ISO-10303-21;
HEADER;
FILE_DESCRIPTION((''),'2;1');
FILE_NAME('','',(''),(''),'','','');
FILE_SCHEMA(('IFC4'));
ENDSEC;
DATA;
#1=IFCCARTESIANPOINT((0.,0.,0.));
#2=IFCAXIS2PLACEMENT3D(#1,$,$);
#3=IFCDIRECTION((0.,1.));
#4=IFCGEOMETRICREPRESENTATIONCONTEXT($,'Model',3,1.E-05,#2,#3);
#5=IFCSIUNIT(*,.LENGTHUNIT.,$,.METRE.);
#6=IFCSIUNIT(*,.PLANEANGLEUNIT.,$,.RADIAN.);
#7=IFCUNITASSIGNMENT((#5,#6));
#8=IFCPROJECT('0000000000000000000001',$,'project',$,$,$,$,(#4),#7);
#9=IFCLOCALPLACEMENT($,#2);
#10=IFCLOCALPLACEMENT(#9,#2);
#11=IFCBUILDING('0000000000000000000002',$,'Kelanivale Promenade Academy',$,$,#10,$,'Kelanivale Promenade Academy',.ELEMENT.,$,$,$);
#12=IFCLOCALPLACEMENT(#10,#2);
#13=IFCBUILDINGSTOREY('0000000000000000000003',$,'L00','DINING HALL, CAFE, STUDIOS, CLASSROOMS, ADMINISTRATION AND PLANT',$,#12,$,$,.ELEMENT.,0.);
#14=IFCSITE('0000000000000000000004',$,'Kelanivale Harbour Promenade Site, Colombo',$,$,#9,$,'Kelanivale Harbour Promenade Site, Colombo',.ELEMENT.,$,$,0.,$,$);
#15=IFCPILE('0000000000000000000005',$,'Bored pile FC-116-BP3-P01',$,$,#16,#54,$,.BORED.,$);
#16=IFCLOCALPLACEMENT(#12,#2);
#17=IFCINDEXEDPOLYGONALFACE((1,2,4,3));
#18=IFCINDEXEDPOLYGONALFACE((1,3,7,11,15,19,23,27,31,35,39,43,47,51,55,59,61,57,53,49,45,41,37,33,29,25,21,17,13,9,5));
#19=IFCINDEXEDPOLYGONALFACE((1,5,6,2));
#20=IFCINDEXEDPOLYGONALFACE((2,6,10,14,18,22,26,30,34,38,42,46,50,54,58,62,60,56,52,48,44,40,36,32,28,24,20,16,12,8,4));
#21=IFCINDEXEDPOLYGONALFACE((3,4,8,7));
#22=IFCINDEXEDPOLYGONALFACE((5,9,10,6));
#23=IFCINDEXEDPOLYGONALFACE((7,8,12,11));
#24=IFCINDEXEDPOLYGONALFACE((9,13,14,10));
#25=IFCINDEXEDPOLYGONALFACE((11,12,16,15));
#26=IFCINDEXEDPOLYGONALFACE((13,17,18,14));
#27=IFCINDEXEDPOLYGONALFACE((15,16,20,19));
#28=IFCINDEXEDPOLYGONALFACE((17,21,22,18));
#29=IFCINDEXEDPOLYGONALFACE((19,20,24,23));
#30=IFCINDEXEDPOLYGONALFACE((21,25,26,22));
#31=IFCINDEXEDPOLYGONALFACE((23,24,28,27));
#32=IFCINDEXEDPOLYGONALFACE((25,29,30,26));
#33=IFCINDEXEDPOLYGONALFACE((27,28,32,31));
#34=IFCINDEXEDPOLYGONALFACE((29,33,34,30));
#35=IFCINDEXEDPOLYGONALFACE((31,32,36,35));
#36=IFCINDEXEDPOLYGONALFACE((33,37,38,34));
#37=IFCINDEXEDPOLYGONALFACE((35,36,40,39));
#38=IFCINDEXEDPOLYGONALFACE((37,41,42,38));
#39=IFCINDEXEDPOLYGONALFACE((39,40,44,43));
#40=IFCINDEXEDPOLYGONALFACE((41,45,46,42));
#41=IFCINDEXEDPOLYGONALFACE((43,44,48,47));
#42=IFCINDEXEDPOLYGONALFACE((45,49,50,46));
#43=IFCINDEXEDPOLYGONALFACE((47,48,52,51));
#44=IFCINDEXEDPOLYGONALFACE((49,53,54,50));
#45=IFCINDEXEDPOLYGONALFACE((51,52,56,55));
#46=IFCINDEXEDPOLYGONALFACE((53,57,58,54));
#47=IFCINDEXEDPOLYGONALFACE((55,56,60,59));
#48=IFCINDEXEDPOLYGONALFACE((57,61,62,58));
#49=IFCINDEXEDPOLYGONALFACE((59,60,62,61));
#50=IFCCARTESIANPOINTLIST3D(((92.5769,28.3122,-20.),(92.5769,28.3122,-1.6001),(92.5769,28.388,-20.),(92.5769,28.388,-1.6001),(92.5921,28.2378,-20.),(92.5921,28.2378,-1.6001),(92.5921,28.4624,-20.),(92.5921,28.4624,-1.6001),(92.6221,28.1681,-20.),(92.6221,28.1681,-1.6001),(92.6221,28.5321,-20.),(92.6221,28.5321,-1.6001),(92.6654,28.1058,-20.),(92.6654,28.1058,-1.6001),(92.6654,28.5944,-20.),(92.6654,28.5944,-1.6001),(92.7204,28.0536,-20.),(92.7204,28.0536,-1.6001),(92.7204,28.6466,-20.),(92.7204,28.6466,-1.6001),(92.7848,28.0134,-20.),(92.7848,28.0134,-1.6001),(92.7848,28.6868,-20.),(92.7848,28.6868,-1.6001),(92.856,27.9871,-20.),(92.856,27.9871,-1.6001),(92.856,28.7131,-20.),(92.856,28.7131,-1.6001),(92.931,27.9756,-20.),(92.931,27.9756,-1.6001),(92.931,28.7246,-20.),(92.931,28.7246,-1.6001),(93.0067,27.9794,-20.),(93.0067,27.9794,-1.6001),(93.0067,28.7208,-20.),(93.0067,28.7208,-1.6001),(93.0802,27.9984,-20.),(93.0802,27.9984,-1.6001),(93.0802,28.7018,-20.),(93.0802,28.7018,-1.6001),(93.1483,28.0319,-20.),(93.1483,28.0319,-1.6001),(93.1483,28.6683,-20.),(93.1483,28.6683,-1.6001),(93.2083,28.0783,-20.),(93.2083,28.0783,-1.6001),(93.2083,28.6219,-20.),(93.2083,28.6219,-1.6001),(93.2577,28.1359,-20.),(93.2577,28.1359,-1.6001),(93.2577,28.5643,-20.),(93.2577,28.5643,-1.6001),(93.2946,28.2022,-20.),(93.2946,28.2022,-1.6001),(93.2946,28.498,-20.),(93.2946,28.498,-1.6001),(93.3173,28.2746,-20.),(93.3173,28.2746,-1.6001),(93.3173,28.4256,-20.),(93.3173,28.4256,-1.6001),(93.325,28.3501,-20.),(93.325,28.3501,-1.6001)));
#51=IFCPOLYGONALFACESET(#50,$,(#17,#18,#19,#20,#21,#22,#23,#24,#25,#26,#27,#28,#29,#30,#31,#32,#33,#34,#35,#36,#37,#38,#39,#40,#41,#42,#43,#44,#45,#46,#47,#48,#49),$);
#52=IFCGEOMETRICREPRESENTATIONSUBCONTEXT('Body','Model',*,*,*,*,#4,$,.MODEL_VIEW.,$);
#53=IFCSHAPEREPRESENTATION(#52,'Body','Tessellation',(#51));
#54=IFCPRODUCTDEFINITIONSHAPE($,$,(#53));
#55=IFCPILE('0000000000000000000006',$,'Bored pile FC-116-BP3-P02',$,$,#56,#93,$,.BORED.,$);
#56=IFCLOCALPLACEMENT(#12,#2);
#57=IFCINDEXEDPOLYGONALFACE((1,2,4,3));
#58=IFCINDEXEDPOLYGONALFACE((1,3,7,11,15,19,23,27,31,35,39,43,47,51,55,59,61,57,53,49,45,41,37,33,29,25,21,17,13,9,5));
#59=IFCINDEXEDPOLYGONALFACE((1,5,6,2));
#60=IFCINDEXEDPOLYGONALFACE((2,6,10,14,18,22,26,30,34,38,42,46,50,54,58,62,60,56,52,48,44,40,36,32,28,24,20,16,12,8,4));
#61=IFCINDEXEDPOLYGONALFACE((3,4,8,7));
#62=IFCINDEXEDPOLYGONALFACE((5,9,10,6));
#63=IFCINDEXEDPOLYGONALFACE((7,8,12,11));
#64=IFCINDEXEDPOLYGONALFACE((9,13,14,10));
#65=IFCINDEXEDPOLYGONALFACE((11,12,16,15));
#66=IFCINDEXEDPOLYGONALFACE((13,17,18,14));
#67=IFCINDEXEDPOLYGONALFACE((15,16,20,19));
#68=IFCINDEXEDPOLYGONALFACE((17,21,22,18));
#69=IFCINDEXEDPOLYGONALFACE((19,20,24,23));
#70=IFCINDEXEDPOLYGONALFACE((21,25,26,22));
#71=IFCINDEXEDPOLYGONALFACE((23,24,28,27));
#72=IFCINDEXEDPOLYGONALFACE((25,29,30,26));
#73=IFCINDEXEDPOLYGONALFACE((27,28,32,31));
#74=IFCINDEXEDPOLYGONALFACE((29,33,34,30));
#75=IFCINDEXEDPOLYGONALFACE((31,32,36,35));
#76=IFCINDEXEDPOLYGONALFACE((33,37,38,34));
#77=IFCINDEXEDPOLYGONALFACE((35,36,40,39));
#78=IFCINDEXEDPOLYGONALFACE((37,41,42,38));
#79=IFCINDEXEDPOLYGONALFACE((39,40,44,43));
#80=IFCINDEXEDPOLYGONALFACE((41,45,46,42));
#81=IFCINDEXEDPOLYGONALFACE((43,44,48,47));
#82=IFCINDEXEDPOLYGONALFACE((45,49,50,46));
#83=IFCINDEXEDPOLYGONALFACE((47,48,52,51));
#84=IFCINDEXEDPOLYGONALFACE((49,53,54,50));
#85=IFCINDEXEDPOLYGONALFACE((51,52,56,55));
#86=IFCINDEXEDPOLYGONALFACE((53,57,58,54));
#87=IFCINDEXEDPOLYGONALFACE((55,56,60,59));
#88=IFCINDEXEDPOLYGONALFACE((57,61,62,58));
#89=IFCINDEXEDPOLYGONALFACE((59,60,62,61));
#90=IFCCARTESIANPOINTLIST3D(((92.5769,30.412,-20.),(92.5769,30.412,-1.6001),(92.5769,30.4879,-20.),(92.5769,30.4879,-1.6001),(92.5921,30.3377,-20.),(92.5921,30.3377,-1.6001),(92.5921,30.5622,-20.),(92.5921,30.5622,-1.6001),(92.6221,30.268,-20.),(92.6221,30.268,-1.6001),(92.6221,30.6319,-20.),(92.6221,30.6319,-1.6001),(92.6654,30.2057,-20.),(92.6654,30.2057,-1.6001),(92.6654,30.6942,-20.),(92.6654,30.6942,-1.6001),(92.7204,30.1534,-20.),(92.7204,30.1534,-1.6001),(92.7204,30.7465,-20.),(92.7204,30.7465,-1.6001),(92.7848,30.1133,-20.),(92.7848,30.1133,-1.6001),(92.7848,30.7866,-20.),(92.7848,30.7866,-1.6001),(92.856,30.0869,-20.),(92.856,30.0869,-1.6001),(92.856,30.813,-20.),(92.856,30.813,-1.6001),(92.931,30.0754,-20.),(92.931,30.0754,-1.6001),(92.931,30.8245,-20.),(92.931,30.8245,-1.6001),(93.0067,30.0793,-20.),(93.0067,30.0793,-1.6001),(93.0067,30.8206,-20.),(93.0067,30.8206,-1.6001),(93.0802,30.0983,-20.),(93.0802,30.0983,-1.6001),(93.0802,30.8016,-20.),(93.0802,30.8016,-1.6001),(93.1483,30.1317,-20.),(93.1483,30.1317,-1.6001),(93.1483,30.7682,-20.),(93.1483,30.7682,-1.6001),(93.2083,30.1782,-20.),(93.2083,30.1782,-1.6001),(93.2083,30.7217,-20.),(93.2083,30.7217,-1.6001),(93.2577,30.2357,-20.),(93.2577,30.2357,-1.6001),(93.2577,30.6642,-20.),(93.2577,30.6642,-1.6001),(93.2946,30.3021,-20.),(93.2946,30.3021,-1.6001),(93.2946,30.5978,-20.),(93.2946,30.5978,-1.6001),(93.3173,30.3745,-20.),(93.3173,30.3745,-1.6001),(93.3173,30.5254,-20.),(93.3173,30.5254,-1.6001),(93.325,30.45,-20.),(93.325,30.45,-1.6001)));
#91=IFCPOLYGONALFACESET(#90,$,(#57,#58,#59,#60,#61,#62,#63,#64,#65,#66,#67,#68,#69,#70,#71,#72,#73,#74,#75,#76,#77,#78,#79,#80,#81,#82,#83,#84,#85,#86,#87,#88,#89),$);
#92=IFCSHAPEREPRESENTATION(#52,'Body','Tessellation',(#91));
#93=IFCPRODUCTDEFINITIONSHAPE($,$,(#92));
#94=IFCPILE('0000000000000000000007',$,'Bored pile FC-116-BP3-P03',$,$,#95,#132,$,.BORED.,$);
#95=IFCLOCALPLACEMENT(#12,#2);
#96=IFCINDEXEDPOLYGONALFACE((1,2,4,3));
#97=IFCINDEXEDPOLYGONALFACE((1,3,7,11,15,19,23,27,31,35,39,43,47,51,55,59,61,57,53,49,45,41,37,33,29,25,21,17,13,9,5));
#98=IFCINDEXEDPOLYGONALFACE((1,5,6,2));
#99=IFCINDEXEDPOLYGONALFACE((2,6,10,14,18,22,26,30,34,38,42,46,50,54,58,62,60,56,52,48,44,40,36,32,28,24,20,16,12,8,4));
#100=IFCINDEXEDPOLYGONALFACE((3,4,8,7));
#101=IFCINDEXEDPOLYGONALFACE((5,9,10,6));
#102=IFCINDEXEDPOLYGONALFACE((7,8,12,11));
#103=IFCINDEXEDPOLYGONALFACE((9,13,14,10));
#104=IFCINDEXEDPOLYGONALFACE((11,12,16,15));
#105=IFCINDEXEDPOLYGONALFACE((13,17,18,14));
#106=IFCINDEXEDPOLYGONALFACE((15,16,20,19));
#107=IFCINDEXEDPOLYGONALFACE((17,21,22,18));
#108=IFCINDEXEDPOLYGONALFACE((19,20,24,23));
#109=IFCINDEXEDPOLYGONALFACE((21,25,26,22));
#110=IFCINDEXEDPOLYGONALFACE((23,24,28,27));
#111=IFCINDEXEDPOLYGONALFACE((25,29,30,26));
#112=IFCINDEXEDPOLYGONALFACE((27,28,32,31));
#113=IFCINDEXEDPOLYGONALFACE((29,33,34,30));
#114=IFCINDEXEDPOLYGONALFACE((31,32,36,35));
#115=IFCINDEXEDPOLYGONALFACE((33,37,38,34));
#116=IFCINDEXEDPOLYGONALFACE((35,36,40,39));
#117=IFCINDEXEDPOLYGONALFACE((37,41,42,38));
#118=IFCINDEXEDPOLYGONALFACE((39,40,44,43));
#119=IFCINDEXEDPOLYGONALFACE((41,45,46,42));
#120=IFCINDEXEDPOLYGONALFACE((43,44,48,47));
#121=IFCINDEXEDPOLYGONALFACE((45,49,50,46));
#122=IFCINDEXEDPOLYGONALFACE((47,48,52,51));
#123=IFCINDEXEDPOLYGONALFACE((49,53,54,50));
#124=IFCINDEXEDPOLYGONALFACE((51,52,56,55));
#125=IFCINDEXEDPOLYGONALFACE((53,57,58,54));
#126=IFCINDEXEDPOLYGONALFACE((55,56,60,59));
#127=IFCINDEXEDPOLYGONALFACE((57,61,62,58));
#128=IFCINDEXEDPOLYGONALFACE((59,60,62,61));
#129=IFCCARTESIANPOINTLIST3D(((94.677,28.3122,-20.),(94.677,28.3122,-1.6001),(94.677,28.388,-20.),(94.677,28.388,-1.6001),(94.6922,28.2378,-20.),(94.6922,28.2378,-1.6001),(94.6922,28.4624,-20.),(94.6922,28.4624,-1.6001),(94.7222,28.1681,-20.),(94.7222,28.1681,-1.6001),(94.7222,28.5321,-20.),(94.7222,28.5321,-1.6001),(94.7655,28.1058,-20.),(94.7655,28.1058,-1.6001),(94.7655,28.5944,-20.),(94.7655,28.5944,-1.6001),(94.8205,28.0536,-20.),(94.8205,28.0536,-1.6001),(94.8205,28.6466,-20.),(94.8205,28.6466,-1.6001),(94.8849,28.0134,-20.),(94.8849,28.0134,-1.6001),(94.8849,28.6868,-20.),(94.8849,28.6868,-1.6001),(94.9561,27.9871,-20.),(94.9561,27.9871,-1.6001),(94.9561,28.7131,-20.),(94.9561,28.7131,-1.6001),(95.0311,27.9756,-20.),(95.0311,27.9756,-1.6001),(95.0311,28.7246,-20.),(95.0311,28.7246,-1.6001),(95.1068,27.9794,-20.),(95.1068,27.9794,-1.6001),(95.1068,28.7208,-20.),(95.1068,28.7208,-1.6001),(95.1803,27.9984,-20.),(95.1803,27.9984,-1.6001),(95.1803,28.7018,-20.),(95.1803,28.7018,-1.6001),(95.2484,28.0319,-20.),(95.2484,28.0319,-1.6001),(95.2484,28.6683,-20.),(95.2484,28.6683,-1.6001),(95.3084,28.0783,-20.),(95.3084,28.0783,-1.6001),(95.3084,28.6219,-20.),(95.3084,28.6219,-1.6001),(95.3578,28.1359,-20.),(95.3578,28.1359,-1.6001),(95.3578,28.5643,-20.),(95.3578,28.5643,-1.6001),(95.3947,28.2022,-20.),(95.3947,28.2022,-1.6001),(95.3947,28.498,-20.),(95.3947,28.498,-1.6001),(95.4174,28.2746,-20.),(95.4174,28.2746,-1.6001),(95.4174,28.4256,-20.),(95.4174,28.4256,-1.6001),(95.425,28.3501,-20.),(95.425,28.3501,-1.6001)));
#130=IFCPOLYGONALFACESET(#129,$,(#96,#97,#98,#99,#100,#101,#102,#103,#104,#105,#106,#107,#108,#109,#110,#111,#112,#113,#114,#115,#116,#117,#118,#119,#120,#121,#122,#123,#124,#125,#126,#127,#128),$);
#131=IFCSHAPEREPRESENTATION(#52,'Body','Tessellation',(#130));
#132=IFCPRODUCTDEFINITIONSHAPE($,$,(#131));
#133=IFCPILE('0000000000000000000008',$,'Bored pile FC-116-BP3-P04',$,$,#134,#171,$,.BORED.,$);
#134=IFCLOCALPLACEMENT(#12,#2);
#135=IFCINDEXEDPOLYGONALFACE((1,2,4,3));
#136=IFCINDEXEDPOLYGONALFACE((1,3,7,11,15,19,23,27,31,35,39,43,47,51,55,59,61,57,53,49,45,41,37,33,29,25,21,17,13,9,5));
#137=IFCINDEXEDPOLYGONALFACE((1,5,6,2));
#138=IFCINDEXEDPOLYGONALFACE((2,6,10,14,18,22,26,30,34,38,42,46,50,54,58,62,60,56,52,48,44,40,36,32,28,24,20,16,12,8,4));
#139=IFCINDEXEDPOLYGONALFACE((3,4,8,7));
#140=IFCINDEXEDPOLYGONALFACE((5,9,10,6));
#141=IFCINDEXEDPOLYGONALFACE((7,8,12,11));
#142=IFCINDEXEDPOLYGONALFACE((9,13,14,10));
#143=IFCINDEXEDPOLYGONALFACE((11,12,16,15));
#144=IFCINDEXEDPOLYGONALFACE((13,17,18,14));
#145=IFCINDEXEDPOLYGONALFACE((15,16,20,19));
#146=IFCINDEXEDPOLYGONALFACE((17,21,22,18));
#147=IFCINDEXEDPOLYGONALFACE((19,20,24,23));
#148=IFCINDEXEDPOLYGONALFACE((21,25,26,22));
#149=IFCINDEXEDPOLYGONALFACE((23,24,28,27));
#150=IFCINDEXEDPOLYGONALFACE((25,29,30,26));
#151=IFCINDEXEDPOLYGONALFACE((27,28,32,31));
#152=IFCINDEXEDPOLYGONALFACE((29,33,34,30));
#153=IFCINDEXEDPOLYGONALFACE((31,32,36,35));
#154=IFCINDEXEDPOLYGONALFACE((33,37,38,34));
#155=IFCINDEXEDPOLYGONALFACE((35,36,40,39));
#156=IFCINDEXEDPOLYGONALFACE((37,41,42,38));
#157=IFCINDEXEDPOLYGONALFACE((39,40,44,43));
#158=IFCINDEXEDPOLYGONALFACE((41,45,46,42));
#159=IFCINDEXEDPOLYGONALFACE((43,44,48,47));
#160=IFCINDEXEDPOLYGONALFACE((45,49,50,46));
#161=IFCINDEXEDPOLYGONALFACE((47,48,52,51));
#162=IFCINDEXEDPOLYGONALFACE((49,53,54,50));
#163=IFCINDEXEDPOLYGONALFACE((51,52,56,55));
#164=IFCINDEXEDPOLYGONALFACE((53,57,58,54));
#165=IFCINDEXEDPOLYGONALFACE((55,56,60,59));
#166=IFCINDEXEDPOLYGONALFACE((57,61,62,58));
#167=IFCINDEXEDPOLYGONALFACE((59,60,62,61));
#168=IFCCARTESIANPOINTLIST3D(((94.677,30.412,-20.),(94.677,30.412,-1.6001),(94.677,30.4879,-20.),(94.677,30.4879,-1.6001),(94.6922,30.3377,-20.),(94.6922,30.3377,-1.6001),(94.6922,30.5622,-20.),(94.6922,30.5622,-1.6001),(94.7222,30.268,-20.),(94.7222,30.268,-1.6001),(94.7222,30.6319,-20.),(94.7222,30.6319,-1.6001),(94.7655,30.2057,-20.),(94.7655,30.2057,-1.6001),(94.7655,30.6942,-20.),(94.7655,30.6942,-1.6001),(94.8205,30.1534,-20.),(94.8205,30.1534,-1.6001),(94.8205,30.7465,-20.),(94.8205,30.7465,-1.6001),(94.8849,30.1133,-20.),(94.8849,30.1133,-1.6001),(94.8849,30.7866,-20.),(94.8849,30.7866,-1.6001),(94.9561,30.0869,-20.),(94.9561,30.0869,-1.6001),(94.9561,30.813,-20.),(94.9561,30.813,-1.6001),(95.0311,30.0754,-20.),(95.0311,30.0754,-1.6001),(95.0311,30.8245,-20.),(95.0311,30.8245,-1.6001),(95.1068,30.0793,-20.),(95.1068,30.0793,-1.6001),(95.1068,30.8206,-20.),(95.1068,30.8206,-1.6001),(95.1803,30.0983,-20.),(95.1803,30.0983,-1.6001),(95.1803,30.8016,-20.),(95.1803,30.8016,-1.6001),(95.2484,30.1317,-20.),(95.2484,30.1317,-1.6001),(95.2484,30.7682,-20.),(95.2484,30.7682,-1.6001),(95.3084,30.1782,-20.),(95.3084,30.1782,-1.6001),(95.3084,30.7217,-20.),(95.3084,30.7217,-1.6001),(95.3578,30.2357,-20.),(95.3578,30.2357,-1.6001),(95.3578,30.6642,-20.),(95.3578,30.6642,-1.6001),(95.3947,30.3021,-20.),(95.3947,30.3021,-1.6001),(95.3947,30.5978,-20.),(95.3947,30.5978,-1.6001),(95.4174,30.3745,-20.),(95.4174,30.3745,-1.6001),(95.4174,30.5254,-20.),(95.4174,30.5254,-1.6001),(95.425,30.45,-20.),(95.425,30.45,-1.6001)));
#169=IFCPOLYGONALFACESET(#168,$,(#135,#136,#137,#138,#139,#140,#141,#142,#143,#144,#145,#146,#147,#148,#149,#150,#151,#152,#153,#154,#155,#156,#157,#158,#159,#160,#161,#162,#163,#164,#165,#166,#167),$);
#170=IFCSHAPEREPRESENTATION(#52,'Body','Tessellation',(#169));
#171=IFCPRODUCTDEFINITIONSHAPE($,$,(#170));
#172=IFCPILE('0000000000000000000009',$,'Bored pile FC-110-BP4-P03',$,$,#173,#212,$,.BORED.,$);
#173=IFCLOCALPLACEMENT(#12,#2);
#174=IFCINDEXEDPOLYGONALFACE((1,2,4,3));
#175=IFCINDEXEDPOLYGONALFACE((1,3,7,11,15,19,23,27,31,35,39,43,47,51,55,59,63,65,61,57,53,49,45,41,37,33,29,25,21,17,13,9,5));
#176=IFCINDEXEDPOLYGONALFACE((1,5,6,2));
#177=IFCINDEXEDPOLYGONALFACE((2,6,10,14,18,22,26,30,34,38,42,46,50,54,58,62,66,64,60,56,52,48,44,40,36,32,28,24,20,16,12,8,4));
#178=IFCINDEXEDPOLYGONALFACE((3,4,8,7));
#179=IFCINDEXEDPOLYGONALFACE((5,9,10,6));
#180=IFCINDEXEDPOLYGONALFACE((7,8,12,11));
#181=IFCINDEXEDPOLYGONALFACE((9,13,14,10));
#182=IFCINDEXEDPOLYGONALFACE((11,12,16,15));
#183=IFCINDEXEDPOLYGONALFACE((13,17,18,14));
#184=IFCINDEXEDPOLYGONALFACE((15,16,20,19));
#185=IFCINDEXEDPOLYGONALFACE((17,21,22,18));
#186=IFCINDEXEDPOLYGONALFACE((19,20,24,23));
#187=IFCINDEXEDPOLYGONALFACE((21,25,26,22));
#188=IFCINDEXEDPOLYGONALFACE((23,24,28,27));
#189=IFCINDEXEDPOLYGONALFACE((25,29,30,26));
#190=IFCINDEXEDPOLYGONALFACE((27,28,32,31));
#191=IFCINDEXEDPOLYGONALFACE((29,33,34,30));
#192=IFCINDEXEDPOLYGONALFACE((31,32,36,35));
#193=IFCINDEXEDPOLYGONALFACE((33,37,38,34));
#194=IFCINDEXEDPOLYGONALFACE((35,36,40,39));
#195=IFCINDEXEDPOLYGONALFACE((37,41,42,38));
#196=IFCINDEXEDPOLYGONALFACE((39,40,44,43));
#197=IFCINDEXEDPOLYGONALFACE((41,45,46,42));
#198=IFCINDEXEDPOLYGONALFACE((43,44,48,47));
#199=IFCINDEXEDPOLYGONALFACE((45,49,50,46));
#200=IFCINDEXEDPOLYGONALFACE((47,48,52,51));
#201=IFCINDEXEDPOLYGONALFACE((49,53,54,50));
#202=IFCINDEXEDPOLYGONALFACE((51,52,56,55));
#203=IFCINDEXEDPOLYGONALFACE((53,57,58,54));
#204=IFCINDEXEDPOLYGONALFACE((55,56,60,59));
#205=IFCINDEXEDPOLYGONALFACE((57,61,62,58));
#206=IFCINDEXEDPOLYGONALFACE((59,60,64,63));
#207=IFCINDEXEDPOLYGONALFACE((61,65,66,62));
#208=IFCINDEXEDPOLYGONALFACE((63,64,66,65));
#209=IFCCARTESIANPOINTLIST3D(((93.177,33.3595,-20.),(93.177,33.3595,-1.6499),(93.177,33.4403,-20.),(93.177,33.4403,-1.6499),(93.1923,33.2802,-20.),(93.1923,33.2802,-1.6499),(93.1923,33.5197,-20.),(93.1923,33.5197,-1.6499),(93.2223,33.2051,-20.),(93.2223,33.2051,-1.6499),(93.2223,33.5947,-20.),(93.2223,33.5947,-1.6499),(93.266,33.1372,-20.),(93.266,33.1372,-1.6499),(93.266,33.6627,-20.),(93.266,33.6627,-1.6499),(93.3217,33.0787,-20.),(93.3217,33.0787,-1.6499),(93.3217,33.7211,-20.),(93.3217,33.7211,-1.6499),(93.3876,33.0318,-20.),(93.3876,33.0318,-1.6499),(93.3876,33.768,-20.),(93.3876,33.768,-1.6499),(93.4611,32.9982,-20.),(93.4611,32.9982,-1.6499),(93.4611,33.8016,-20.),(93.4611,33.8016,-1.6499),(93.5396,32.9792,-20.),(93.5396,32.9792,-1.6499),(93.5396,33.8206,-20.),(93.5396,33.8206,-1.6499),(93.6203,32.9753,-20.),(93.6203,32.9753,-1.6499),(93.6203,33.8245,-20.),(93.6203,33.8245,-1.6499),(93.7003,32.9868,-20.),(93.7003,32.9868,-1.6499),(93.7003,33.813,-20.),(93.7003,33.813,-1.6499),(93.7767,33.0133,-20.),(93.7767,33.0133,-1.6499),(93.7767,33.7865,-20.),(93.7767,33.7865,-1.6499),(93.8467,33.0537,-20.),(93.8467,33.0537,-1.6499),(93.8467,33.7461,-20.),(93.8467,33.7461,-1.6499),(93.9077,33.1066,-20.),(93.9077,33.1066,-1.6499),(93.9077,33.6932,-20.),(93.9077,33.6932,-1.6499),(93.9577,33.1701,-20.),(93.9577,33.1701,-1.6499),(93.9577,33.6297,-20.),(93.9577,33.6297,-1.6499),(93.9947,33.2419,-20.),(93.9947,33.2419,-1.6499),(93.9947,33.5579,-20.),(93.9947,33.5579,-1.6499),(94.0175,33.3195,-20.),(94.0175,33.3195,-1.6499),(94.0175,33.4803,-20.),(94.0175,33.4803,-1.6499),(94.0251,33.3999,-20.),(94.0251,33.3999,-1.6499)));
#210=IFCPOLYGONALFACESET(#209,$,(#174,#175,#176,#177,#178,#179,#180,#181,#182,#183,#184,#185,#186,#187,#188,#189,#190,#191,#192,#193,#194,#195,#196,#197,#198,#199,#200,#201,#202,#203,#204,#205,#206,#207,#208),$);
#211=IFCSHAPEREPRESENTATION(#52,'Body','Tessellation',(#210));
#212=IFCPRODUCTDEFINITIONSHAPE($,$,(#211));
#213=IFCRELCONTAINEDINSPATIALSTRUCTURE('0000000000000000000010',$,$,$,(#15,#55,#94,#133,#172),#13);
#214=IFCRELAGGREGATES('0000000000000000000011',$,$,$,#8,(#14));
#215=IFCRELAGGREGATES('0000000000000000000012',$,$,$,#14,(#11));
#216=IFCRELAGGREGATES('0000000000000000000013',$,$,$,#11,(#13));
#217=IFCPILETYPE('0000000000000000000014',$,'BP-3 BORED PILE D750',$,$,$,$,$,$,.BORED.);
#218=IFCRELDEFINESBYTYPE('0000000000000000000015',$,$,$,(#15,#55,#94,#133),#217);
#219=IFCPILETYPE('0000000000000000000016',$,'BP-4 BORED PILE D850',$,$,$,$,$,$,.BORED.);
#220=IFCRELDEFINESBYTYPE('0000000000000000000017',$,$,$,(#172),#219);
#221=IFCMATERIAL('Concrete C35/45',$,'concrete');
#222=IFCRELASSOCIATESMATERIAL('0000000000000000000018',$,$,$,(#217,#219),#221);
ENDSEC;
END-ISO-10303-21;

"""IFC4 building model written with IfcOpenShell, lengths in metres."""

from ifc_helpers import new_model, si_unit, direction, frame, origin, origin_2d, place, context, subcontext, project, spatial, circle, extrude, material, material_profile, profile_set, type_object, element, save


model = new_model("IFC4")

# Units and contexts
model_context = context("Model", 3, precision=1e-05, world=origin(), true_north=direction((0.0, 1.0)))
body_context = subcontext(model_context, "Body", "Model", "MODEL_VIEW")
ifc_project = project(units=[si_unit("LENGTHUNIT", "METRE"), si_unit("PLANEANGLEUNIT", "RADIAN")], contexts=[model_context])

# Site, building, storey
site_placement = place(None, origin())
site = spatial("IfcSite", under=ifc_project, at=site_placement, Name="Kelanivale Harbour Promenade Site, Colombo", LongName="Kelanivale Harbour Promenade Site, Colombo", CompositionType="ELEMENT", RefElevation=0.0)
building_placement = place(site_placement, origin())
building = spatial("IfcBuilding", under=site, at=building_placement, Name="Kelanivale Promenade Academy", LongName="Kelanivale Promenade Academy", CompositionType="ELEMENT")
storey_placement = place(building_placement, origin())
storey = spatial("IfcBuildingStorey", under=building, at=storey_placement, Name="L00", Description="DINING HALL, CAFE, STUDIOS, CLASSROOMS, ADMINISTRATION AND PLANT", CompositionType="ELEMENT", Elevation=0.0)

# Piles
ifc_material_1 = material(Name="Concrete C35/45", Category="concrete")
ifc_material_profile_1 = material_profile(ifc_material_1, circle(Radius=0.375, at=origin_2d()), Name="BORED PILE D750")
ifc_profile_set_1 = profile_set([ifc_material_profile_1], Name="Concrete C35/45")
pile_type_1 = type_object("IfcPileType", Name="BP-3 BORED PILE D750", PredefinedType="BORED", material=ifc_profile_set_1)
for number, where, z_axis, x_axis, name in (
    (1, (92.95, 28.3501, -1.6001), (0.0, 0.0, -1.0), (1.0, 0.0, 0.0), "Bored pile FC-116-BP3-P01"),
    (2, (92.95, 30.45, -1.6001), (0.0, 0.0, -1.0), (1.0, 0.0, 0.0), "Bored pile FC-116-BP3-P02"),
    (3, (95.05, 28.3501, -1.6001), (0.0, 0.0, -1.0), (1.0, 0.0, 0.0), "Bored pile FC-116-BP3-P03"),
    (4, (95.05, 30.45, -1.6001), (0.0, 0.0, -1.0), (1.0, 0.0, 0.0), "Bored pile FC-116-BP3-P04"),
):
    element("IfcPile", number, at=place(storey_placement, frame(where, z_axis=z_axis, x_axis=x_axis)), inside=storey, type_object=pile_type_1, Name=name, PredefinedType="BORED", context=body_context, shape_type="SweptSolid", body=[
        extrude(circle(Radius=0.375, at=origin_2d()), origin(), (0.0, 0.0, 1.0), 18.3999),
    ])
ifc_material_profile_2 = material_profile(ifc_material_1, circle(Radius=0.425, at=origin_2d()), Name="BORED PILE D850")
ifc_profile_set_2 = profile_set([ifc_material_profile_2], Name="Concrete C35/45")
pile_type_2 = type_object("IfcPileType", Name="BP-4 BORED PILE D850", PredefinedType="BORED", material=ifc_profile_set_2)
pile_placement = place(storey_placement, frame((93.6001, 33.3999, -1.6499), z_axis=(0.0, 0.0, -1.0), x_axis=(1.0, 0.0, 0.0)))
element("IfcPile", 5, at=pile_placement, inside=storey, type_object=pile_type_2, Name="Bored pile FC-110-BP4-P03", PredefinedType="BORED", context=body_context, shape_type="SweptSolid", body=[
    extrude(circle(Radius=0.425, at=origin_2d()), origin(), (0.0, 0.0, 1.0), 18.3501),
])

save(model, "model.ifc")
